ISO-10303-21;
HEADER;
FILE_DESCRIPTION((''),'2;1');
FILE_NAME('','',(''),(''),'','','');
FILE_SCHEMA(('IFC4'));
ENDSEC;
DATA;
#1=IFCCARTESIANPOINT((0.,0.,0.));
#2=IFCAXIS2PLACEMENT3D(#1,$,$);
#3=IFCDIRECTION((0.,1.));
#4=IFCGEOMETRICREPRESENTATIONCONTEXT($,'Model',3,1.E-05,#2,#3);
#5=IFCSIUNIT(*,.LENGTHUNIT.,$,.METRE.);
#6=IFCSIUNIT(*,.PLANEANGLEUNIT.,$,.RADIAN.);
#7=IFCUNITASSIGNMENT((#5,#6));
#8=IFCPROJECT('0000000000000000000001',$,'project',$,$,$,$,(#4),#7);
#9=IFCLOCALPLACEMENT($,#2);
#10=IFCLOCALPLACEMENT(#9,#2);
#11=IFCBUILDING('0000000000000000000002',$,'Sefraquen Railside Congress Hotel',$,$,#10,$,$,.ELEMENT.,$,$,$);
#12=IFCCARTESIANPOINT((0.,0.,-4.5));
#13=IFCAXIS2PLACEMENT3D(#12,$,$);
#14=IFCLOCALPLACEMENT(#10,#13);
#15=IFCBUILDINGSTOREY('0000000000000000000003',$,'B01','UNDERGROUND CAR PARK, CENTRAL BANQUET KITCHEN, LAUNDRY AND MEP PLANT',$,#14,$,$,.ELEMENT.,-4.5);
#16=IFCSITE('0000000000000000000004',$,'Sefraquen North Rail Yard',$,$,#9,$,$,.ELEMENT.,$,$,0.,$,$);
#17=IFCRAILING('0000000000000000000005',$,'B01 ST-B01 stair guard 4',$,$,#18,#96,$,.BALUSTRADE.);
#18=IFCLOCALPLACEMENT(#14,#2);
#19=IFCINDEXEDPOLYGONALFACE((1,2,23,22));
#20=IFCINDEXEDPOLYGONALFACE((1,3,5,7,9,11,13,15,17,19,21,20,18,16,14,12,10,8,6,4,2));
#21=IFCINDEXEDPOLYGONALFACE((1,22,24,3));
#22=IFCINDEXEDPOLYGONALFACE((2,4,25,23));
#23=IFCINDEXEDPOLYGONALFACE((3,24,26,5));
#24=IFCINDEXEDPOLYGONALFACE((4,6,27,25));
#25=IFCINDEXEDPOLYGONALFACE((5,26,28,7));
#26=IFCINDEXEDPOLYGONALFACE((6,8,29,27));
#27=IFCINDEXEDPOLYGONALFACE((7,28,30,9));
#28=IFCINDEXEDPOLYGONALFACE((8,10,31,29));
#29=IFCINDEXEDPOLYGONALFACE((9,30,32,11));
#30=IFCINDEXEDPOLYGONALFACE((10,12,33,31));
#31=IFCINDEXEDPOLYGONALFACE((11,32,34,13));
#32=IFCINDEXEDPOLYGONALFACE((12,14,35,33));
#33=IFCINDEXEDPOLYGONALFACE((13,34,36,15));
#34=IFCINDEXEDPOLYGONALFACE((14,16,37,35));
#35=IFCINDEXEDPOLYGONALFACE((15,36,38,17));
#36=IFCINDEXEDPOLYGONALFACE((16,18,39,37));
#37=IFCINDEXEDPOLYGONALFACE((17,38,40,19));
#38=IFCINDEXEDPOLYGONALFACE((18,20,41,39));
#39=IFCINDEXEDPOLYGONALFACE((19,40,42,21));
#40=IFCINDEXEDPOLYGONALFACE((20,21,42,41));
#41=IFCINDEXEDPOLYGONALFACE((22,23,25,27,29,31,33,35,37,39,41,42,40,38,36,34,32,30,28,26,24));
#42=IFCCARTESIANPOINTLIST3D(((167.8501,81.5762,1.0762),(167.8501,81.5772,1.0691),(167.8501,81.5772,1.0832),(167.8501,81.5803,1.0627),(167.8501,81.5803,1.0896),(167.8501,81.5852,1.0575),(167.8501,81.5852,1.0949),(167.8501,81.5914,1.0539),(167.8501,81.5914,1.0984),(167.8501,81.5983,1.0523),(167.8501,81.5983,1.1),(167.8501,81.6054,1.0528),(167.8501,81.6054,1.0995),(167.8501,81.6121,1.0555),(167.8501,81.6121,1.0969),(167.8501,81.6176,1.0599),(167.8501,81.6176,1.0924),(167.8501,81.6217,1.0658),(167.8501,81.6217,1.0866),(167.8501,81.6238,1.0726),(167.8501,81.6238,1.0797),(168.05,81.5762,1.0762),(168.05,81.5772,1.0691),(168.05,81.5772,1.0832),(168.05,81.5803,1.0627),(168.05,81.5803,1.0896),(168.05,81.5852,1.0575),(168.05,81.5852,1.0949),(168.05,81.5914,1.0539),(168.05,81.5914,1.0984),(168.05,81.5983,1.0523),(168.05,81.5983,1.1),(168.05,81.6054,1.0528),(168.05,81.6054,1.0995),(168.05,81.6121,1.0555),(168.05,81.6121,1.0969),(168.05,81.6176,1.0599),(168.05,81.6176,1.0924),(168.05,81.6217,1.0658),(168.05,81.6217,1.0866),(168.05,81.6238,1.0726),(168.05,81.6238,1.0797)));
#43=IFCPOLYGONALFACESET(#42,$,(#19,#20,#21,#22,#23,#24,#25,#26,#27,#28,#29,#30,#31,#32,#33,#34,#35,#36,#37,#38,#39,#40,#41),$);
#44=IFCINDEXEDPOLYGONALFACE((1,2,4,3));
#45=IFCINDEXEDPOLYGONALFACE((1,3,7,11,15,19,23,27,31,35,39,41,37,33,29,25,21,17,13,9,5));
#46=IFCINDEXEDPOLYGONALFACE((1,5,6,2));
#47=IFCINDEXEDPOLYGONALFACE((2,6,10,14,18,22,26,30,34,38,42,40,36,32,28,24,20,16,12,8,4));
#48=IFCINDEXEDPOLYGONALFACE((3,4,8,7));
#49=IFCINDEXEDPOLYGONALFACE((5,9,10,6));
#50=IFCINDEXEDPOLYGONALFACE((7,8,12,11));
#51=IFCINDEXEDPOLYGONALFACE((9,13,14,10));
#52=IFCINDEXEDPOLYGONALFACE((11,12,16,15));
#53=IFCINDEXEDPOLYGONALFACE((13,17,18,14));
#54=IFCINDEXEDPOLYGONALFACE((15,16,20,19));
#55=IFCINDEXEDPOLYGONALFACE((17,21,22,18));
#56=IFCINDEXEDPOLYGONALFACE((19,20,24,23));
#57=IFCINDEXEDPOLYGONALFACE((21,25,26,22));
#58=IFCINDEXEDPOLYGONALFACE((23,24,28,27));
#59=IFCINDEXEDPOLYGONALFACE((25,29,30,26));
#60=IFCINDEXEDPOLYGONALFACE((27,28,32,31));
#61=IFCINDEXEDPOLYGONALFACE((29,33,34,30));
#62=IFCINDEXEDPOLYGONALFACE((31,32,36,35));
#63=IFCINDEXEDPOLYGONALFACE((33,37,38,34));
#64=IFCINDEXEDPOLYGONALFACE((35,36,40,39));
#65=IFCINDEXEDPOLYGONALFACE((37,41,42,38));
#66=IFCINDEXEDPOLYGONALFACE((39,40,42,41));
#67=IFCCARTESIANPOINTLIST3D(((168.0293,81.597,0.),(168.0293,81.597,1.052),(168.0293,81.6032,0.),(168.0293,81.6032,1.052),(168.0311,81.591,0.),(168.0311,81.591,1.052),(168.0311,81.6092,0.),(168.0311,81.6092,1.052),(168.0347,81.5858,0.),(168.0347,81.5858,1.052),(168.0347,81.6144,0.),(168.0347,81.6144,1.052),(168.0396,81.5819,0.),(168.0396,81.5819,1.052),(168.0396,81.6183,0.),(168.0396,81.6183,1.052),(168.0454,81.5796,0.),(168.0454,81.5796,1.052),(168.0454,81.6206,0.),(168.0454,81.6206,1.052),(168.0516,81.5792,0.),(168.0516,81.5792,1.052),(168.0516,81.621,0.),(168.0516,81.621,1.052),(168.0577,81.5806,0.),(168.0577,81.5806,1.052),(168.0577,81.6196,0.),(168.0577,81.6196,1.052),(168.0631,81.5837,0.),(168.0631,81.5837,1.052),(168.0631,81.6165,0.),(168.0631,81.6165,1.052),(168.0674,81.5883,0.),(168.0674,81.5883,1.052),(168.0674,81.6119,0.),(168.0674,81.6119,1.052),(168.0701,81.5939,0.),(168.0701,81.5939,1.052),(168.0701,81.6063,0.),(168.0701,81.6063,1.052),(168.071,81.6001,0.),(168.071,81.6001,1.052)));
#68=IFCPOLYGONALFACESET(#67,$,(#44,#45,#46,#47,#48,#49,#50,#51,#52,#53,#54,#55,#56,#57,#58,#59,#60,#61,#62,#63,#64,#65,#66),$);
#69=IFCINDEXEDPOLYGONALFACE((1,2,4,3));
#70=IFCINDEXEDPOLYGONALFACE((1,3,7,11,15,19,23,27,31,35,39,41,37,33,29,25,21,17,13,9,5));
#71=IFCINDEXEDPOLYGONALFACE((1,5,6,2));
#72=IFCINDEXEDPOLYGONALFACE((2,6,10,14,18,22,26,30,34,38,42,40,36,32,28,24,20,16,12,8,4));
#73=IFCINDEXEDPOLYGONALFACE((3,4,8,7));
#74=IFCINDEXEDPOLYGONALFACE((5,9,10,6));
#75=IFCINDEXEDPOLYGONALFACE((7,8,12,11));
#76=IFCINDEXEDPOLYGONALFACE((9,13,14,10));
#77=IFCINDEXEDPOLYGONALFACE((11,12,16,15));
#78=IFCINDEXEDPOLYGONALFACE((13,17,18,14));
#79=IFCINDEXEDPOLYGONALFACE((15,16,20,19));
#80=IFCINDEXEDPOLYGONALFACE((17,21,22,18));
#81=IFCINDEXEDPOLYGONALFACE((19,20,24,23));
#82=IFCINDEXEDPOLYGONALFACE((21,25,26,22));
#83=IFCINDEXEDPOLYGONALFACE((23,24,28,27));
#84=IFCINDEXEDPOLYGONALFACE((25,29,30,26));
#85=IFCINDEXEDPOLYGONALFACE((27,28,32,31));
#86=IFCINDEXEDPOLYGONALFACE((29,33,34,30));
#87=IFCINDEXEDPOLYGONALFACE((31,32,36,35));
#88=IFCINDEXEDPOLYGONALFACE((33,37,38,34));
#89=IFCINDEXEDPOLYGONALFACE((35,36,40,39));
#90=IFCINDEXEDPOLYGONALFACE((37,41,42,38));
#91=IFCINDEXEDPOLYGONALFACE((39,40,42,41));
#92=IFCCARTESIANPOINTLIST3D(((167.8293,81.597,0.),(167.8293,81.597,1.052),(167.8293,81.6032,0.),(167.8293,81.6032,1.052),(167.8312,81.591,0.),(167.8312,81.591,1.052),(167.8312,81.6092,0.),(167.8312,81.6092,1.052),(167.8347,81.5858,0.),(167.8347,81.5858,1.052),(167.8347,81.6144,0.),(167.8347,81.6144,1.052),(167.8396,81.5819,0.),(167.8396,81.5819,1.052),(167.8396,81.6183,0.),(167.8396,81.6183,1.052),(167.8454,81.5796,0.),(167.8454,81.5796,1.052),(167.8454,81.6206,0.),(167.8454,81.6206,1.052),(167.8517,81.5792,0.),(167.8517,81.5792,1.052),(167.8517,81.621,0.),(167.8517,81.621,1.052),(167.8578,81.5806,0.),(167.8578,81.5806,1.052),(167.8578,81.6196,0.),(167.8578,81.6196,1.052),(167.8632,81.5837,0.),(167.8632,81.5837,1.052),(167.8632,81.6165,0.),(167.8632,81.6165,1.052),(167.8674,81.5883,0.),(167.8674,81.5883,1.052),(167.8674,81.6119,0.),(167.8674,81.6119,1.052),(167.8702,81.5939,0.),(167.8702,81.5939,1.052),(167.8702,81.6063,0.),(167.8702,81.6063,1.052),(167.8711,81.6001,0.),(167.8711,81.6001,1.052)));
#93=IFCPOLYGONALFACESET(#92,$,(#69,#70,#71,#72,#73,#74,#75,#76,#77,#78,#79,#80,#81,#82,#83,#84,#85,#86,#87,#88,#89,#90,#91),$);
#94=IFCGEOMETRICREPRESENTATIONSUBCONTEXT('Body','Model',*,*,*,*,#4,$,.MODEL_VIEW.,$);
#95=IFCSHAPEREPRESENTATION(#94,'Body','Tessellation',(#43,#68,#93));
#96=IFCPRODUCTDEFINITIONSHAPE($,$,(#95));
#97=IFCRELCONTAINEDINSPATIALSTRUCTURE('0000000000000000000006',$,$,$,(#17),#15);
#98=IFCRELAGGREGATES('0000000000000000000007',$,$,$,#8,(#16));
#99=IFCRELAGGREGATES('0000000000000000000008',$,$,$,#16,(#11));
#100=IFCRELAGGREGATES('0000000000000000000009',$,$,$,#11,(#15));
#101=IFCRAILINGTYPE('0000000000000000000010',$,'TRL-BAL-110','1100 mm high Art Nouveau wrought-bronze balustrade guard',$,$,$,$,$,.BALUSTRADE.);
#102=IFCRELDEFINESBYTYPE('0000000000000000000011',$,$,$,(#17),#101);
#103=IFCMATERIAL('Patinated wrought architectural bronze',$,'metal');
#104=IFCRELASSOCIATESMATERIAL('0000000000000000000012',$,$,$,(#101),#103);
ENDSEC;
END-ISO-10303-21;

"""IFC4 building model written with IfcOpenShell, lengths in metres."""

from ifc_helpers import new_model, si_unit, direction, frame, origin, origin_2d, place, context, subcontext, project, spatial, circle, extrude, material, type_object, element, save


model = new_model("IFC4")

# Units and contexts
model_context = context("Model", 3, precision=1e-05, world=origin(), true_north=direction((0.0, 1.0)))
body_context = subcontext(model_context, "Body", "Model", "MODEL_VIEW")
ifc_project = project(units=[si_unit("LENGTHUNIT", "METRE"), si_unit("PLANEANGLEUNIT", "RADIAN")], contexts=[model_context])

# Site, building, storey
site_placement = place(None, origin())
site = spatial("IfcSite", under=ifc_project, at=site_placement, Name="Sefraquen North Rail Yard", CompositionType="ELEMENT", RefElevation=0.0)
building_placement = place(site_placement, origin())
building = spatial("IfcBuilding", under=site, at=building_placement, Name="Sefraquen Railside Congress Hotel", CompositionType="ELEMENT")
storey_placement = place(building_placement, frame((0.0, 0.0, -4.5)))
storey = spatial("IfcBuildingStorey", under=building, at=storey_placement, Name="B01", Description="UNDERGROUND CAR PARK, CENTRAL BANQUET KITCHEN, LAUNDRY AND MEP PLANT", CompositionType="ELEMENT", Elevation=-4.5)

# Railing
ifc_material_1 = material(Name="Patinated wrought architectural bronze", Category="metal")
railing_type_1 = type_object("IfcRailingType", Name="TRL-BAL-110", Description="1100 mm high Art Nouveau wrought-bronze balustrade guard", PredefinedType="BALUSTRADE", material=ifc_material_1)
railing_1_placement = place(storey_placement, frame((168.05, 81.6001, 0.0)))
element("IfcRailing", 1, at=railing_1_placement, inside=storey, type_object=railing_type_1, Name="B01 ST-B01 stair guard 4", PredefinedType="BALUSTRADE", context=body_context, shape_type="SweptSolid", body=[
    extrude(circle(Radius=0.0239, at=origin_2d()), frame((0.0, 0.0, 1.0762), z_axis=(-1.0, 0.0, 0.0), x_axis=(0.0, -1.0, 0.0)), (0.0, 0.0, 1.0), 0.2),
    extrude(circle(Radius=0.021, at=origin_2d()), origin(), (0.0, 0.0, 1.0), 1.052),
    extrude(circle(Radius=0.021, at=origin_2d()), frame((-0.2, 0.0, 0.0)), (0.0, 0.0, 1.0), 1.052),
])

save(model, "model.ifc")
